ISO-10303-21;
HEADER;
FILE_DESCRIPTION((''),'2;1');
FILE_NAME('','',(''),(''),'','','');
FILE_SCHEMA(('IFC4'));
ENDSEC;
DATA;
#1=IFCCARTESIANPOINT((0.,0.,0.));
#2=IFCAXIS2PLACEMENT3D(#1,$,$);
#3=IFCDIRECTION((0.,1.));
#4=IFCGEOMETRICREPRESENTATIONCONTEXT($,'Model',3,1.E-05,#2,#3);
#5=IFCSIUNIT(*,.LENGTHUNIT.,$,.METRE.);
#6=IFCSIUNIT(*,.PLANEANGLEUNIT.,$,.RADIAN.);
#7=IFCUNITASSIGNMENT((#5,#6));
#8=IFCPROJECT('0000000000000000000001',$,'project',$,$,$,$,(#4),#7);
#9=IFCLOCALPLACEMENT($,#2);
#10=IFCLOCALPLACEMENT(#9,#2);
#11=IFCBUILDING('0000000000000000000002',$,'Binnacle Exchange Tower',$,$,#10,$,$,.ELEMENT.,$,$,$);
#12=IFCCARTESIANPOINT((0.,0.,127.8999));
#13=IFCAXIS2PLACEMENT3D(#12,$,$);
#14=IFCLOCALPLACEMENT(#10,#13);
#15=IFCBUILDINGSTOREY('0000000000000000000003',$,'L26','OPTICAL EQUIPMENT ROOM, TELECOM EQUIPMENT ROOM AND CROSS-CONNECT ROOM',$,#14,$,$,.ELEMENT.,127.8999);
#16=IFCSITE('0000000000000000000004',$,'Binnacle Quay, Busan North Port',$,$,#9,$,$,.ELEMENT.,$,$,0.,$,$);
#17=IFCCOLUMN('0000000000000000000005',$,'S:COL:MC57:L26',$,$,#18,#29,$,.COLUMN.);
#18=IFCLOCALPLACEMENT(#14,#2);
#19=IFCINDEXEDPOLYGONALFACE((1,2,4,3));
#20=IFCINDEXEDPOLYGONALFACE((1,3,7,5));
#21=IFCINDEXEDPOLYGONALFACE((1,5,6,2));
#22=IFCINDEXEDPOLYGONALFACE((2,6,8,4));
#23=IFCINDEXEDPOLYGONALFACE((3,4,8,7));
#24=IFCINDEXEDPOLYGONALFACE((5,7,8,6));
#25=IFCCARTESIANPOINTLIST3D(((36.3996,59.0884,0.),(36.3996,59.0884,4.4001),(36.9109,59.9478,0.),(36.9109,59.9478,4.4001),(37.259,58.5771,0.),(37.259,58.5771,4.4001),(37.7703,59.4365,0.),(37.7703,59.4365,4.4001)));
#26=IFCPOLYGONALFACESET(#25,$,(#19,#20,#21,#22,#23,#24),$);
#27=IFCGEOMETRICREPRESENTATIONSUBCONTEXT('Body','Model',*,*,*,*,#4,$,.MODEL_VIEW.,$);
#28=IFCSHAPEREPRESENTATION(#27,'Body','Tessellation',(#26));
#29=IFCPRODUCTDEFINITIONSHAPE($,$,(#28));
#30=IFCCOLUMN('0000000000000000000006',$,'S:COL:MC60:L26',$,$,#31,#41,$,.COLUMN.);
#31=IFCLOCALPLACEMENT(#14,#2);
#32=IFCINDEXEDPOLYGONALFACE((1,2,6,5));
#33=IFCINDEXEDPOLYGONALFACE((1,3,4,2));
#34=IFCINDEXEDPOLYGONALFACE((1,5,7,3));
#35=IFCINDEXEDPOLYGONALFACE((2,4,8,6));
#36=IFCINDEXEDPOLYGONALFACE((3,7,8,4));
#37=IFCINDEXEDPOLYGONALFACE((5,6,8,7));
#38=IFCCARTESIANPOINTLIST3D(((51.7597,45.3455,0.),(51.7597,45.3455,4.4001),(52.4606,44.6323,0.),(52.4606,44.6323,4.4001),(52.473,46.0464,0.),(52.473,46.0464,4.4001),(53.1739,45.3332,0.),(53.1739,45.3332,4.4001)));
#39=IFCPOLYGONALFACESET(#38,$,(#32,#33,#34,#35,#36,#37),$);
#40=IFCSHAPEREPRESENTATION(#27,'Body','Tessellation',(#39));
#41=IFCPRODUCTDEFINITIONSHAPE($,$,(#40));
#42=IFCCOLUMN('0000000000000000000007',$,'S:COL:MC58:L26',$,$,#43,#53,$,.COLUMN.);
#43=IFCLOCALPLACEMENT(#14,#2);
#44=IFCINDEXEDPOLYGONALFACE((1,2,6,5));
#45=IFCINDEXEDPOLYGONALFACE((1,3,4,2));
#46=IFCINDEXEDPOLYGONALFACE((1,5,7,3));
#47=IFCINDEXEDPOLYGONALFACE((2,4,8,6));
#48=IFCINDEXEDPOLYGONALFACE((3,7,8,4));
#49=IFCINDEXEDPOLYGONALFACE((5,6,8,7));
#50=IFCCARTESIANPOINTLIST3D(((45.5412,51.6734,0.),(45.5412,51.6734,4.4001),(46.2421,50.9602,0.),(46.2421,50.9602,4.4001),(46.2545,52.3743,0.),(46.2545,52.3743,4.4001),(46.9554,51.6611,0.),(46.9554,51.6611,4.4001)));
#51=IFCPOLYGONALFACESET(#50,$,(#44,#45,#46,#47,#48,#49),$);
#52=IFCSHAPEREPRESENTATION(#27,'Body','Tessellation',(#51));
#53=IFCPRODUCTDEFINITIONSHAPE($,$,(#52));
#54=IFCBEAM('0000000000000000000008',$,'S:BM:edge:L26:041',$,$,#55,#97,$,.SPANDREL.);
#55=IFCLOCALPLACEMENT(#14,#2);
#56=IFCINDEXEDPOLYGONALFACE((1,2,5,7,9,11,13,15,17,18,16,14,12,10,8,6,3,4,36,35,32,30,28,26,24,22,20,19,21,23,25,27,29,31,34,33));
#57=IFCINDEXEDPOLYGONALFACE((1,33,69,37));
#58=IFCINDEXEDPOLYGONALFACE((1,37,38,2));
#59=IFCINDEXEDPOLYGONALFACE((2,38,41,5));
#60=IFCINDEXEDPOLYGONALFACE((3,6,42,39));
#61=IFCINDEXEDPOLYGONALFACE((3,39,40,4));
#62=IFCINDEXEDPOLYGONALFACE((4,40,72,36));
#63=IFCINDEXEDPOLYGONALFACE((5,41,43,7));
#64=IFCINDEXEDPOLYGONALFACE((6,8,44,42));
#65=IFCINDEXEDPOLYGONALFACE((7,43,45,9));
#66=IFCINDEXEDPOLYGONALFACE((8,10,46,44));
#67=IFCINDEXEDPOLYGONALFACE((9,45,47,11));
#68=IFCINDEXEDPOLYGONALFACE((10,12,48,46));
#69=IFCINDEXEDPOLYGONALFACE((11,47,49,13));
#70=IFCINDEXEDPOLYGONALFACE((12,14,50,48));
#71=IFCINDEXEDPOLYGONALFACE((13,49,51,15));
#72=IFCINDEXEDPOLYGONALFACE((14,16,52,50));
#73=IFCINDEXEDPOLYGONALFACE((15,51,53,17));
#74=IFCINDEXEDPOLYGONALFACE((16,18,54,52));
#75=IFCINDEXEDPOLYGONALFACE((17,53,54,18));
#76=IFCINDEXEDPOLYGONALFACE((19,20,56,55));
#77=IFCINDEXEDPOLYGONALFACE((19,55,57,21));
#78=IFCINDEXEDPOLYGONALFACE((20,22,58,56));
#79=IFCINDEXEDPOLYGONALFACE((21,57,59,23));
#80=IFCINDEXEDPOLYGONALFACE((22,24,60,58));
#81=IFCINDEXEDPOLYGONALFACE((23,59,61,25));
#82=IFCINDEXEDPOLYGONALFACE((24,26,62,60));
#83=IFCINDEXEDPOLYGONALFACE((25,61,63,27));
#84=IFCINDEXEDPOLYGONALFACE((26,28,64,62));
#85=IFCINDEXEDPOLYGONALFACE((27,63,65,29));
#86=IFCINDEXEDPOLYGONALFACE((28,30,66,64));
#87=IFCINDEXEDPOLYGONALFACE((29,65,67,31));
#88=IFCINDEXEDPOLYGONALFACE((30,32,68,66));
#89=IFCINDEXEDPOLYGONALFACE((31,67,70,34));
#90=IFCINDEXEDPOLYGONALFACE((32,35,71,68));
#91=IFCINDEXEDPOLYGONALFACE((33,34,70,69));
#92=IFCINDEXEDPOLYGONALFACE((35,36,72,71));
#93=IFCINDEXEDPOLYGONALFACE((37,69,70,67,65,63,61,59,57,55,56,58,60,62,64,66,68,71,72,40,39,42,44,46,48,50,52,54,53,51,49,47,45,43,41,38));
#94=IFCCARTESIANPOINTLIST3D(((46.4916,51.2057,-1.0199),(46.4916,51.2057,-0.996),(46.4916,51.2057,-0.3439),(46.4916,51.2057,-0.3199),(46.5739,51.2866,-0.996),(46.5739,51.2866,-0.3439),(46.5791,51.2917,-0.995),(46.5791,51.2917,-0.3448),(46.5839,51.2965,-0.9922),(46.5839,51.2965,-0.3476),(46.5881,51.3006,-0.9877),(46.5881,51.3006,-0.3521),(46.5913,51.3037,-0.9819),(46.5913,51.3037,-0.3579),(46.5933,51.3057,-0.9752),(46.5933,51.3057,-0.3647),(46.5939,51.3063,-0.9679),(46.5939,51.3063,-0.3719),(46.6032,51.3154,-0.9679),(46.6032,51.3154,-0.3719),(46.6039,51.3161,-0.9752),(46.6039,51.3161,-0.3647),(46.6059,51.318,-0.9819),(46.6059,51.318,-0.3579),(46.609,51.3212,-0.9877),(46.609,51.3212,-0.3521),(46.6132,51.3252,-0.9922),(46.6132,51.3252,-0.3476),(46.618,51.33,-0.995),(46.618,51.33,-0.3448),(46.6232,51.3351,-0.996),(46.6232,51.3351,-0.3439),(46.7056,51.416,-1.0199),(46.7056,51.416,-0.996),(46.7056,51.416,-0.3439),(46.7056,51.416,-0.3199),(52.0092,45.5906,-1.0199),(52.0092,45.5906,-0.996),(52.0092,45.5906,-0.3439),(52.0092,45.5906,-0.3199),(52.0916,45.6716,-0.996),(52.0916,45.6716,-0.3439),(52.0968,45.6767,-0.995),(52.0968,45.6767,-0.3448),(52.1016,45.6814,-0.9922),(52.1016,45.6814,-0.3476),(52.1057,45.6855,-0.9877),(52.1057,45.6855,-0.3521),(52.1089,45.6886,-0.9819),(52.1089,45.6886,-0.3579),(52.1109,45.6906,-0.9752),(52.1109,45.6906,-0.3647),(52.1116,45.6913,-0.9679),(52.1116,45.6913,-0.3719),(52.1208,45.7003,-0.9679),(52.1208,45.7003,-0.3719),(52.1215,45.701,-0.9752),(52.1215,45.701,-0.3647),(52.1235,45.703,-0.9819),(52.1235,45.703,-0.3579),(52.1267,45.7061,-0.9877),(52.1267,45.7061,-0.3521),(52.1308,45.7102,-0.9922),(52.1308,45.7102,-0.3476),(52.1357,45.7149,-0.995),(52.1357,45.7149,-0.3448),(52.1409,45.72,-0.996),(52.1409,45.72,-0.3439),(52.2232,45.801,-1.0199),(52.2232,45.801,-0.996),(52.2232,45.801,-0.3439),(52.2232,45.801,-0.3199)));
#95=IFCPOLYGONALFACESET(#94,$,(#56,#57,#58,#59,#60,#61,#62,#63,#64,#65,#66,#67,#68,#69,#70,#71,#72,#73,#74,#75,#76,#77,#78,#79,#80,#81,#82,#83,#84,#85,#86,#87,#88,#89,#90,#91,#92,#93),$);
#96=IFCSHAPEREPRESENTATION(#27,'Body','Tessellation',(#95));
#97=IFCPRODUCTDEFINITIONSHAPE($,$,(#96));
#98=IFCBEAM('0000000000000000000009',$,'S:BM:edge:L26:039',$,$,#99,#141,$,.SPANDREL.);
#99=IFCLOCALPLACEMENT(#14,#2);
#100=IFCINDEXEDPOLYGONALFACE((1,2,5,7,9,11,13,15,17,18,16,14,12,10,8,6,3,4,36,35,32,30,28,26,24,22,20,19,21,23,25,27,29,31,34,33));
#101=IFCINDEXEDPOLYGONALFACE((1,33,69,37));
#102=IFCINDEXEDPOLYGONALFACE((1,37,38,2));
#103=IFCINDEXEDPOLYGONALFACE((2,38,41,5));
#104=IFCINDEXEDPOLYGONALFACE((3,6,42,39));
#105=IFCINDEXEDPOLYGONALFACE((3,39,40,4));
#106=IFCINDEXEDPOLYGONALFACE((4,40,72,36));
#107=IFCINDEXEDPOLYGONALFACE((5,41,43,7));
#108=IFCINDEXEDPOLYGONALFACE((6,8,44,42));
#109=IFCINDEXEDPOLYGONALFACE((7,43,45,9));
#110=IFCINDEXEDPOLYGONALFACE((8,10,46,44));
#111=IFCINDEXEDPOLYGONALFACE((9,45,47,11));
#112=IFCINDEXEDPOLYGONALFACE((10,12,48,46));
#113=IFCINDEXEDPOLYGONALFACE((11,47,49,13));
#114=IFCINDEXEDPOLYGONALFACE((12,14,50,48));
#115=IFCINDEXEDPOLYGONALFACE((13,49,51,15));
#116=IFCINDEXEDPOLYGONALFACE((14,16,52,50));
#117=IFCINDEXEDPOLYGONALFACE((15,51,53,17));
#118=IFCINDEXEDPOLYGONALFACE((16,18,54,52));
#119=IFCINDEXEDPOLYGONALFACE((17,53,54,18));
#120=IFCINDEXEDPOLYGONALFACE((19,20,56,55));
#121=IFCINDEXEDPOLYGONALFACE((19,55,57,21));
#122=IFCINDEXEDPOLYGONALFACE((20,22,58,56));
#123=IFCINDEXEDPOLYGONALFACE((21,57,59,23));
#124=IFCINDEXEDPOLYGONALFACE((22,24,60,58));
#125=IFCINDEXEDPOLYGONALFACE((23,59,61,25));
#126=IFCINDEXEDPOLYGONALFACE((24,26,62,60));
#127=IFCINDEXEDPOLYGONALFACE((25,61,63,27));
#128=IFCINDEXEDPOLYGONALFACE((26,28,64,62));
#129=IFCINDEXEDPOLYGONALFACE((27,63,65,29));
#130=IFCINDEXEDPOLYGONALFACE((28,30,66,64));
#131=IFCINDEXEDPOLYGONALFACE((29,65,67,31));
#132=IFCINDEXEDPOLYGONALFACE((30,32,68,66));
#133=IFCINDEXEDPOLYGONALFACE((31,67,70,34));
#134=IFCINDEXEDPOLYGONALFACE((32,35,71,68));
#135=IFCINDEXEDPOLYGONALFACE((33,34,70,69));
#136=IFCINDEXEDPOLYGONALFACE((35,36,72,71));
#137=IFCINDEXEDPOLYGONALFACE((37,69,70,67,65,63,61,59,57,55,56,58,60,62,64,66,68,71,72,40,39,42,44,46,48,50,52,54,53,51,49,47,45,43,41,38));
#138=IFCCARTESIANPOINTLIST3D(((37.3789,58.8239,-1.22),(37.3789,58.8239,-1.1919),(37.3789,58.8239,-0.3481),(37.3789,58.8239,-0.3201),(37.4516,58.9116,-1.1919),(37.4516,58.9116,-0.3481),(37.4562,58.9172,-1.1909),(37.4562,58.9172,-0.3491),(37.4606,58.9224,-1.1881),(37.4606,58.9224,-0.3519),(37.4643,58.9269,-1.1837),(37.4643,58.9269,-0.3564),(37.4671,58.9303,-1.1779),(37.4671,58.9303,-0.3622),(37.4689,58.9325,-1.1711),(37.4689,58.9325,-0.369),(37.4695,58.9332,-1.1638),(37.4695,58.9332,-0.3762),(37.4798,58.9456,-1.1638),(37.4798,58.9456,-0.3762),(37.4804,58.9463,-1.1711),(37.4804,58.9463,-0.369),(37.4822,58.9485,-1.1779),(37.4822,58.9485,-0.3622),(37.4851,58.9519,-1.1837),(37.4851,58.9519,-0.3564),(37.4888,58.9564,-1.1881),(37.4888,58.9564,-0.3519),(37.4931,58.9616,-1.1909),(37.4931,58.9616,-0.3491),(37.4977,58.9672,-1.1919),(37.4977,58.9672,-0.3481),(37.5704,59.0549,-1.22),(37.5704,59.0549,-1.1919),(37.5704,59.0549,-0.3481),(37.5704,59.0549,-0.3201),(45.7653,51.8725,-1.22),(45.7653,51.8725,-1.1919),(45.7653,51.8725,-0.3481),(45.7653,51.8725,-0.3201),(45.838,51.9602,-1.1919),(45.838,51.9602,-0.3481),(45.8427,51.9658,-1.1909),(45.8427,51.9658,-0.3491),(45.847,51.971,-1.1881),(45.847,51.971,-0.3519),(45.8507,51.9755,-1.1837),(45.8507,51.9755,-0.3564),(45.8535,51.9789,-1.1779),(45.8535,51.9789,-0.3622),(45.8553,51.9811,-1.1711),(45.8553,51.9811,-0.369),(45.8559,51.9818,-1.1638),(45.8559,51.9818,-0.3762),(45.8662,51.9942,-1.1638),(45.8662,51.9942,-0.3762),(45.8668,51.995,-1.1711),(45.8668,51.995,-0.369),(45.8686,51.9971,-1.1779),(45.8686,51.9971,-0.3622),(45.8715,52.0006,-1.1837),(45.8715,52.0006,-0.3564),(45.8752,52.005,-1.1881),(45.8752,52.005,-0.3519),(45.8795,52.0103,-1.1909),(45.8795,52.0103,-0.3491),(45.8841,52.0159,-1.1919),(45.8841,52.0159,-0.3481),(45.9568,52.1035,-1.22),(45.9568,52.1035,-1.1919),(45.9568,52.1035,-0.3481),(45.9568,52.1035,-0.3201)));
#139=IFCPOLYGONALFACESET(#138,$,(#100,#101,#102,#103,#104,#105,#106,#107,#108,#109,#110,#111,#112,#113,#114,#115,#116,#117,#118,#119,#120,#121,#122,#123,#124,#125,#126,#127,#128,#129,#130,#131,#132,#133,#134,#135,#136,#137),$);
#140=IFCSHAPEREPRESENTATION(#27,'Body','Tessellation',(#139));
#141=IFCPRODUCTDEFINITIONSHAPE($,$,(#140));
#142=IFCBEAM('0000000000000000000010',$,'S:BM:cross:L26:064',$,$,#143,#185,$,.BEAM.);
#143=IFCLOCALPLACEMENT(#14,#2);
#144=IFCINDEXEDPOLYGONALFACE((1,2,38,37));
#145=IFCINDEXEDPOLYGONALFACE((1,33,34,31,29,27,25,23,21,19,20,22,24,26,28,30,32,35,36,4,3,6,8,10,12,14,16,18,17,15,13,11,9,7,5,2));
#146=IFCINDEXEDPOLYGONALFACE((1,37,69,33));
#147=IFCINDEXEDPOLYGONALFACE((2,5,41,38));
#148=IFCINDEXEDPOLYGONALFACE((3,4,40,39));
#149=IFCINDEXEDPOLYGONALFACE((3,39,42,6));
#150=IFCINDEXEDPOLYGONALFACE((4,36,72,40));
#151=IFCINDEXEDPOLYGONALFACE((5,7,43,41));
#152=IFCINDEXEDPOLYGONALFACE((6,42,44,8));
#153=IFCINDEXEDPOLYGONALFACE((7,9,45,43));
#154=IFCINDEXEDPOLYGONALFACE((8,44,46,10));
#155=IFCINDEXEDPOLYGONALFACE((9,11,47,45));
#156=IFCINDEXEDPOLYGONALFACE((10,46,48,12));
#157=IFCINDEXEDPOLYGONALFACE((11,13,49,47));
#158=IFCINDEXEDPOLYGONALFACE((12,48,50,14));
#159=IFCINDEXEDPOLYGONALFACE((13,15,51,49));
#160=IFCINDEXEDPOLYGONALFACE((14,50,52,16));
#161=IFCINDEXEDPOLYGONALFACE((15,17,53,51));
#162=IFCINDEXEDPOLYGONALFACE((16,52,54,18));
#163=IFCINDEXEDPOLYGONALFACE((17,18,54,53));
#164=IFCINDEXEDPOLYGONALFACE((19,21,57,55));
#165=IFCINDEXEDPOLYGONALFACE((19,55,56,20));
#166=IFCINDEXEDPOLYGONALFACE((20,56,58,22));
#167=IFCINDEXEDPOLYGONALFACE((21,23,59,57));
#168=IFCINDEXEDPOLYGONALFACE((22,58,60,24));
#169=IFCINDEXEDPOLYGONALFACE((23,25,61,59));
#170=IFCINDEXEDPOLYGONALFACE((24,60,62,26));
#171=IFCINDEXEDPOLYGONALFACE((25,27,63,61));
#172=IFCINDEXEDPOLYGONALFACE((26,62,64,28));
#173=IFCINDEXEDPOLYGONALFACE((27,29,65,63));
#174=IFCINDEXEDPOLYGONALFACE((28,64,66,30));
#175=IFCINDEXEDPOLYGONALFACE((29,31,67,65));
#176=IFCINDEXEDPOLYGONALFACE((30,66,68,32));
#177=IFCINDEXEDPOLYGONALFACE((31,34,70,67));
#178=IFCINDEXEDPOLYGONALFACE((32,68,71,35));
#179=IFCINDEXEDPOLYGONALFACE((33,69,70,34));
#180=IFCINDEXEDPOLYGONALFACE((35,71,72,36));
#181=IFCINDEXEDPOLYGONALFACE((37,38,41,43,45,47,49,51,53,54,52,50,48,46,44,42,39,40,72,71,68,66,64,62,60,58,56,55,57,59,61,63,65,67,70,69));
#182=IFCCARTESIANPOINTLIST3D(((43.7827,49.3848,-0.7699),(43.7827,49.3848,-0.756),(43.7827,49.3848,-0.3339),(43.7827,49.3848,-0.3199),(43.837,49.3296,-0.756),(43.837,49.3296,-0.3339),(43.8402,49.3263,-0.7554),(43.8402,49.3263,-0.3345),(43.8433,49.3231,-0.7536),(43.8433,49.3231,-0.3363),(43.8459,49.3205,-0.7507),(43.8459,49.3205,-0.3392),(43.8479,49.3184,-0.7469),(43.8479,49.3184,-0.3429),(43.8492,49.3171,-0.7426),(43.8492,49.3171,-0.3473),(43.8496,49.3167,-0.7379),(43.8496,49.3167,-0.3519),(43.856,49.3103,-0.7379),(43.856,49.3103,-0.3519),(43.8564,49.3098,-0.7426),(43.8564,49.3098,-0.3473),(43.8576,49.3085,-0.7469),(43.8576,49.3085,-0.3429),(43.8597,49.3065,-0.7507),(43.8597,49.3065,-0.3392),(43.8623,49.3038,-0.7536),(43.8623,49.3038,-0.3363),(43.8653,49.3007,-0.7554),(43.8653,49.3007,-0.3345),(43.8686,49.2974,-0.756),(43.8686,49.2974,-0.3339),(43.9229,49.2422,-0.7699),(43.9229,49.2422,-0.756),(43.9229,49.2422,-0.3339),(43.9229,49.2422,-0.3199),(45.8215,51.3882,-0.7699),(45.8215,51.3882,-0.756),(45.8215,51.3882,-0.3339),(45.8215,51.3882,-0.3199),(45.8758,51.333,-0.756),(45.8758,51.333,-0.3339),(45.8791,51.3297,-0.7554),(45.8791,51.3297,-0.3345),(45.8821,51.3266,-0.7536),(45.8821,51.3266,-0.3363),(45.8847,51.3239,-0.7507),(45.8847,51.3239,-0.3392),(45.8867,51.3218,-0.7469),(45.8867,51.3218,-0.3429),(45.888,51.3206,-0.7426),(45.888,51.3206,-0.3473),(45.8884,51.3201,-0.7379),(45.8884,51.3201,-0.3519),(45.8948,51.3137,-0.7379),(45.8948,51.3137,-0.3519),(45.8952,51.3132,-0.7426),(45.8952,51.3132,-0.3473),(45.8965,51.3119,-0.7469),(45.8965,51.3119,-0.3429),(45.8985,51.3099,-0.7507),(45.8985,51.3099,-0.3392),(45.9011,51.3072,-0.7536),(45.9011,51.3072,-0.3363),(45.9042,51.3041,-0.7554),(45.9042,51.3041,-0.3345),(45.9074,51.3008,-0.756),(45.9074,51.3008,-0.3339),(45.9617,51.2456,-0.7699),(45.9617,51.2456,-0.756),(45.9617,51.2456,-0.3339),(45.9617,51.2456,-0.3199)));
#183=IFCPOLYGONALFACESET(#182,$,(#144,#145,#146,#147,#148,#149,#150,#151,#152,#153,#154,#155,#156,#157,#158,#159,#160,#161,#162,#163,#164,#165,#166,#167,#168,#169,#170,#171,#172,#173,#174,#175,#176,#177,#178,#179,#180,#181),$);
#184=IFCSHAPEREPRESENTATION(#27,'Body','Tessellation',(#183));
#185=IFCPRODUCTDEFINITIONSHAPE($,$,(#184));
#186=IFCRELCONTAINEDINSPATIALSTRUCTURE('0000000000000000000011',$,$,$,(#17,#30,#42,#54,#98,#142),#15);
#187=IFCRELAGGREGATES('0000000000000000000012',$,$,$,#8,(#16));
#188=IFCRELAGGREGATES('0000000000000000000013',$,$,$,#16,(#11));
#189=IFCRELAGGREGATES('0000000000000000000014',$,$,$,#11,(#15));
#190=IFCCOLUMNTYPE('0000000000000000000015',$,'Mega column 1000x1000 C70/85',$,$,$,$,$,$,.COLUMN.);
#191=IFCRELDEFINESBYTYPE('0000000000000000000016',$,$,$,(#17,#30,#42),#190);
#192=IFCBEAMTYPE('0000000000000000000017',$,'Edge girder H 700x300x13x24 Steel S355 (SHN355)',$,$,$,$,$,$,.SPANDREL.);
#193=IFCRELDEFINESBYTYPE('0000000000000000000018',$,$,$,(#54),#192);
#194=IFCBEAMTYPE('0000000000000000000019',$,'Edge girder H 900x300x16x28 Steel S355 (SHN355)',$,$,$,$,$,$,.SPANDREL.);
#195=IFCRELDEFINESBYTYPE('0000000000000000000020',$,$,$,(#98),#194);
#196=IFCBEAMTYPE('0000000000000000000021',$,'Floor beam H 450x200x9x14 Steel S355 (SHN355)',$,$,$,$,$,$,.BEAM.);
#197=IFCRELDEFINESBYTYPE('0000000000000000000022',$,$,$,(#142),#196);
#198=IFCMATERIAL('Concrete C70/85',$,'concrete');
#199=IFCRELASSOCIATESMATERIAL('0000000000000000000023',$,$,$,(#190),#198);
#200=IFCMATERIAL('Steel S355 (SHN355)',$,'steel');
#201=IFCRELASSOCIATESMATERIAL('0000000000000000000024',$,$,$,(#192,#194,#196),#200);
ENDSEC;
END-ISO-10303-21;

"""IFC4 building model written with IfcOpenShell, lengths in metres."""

from ifc_helpers import new_model, si_unit, direction, frame, origin, origin_2d, place, context, subcontext, project, spatial, rectangle, i_section, extrude, material, material_profile, profile_set, type_object, element, save


model = new_model("IFC4")

# Units and contexts
model_context = context("Model", 3, precision=1e-05, world=origin(), true_north=direction((0.0, 1.0)))
body_context = subcontext(model_context, "Body", "Model", "MODEL_VIEW")
ifc_project = project(units=[si_unit("LENGTHUNIT", "METRE"), si_unit("PLANEANGLEUNIT", "RADIAN")], contexts=[model_context])

# Site, building, storey
site_placement = place(None, origin())
site = spatial("IfcSite", under=ifc_project, at=site_placement, Name="Binnacle Quay, Busan North Port", CompositionType="ELEMENT", RefElevation=0.0)
building_placement = place(site_placement, origin())
building = spatial("IfcBuilding", under=site, at=building_placement, Name="Binnacle Exchange Tower", CompositionType="ELEMENT")
storey_placement = place(building_placement, frame((0.0, 0.0, 127.8999)))
storey = spatial("IfcBuildingStorey", under=building, at=storey_placement, Name="L26", Description="OPTICAL EQUIPMENT ROOM, TELECOM EQUIPMENT ROOM AND CROSS-CONNECT ROOM", CompositionType="ELEMENT", Elevation=127.8999)

# Columns
ifc_material_1 = material(Name="Concrete C70/85", Category="concrete")
ifc_material_profile_1 = material_profile(ifc_material_1, rectangle(XDim=1.0, YDim=1.0, at=origin_2d()), Name="Mega column 1000x1000 C70/85")
ifc_profile_set_1 = profile_set([ifc_material_profile_1], Name="Concrete C70/85")
column_type = type_object("IfcColumnType", Name="Mega column 1000x1000 C70/85", PredefinedType="COLUMN", material=ifc_profile_set_1)
for number, where, z_axis, x_axis, name in (
    (1, (37.085, 59.2625, 0.0), (0.0, 0.0, 1.0), (-0.859406, 0.511293, 0.0), "S:COL:MC57:L26"),
    (2, (52.4668, 45.3394, 0.0), (0.0, 0.0, 1.0), (-0.700909, 0.71325, 0.0), "S:COL:MC60:L26"),
    (3, (46.2483, 51.6672, 0.0), (0.0, 0.0, 1.0), (-0.700909, 0.71325, 0.0), "S:COL:MC58:L26"),
):
    element("IfcColumn", number, at=place(storey_placement, frame(where, z_axis=z_axis, x_axis=x_axis)), inside=storey, type_object=column_type, Name=name, PredefinedType="COLUMN", context=body_context, shape_type="SweptSolid", body=[
        extrude(rectangle(XDim=1.0, YDim=1.0, at=origin_2d()), origin(), (0.0, 0.0, 1.0), 4.4001),
    ])

# Beams
ifc_material_2 = material(Name="Steel S355 (SHN355)", Category="steel")
ifc_material_profile_2 = material_profile(ifc_material_2, i_section(OverallWidth=0.3, OverallDepth=0.7, WebThickness=0.0129, FlangeThickness=0.0239, FilletRadius=0.0281, at=origin_2d()), Name="H 700x300x13x24")
ifc_profile_set_2 = profile_set([ifc_material_profile_2], Name="Steel S355 (SHN355)")
beam_type_1 = type_object("IfcBeamType", Name="Edge girder H 700x300x13x24 Steel S355 (SHN355)", PredefinedType="SPANDREL", material=ifc_profile_set_2)
beam_1_placement = place(storey_placement, frame((52.1162, 45.6958, -0.6699), z_axis=(-0.700893, 0.713267, 0.0), x_axis=(-0.713267, -0.700893, 0.0)))
element("IfcBeam", 4, at=beam_1_placement, inside=storey, type_object=beam_type_1, Name="S:BM:edge:L26:041", PredefinedType="SPANDREL", context=body_context, shape_type="SweptSolid", body=[
    extrude(i_section(OverallWidth=0.3, OverallDepth=0.7, WebThickness=0.0129, FlangeThickness=0.0239, FilletRadius=0.0281, at=origin_2d()), origin(), (0.0, 0.0, 1.0), 7.8723),
])
ifc_material_profile_3 = material_profile(ifc_material_2, i_section(OverallWidth=0.3, OverallDepth=0.8999, WebThickness=0.0161, FlangeThickness=0.0281, FilletRadius=0.0281, at=origin_2d()), Name="H 900x300x16x28")
ifc_profile_set_3 = profile_set([ifc_material_profile_3], Name="Steel S355 (SHN355)")
beam_type_2 = type_object("IfcBeamType", Name="Edge girder H 900x300x16x28 Steel S355 (SHN355)", PredefinedType="SPANDREL", material=ifc_profile_set_3)
beam_2_placement = place(storey_placement, frame((45.8611, 51.988, -0.77), z_axis=(-0.769903, 0.638161, 0.0), x_axis=(-0.638161, -0.769903, 0.0)))
element("IfcBeam", 5, at=beam_2_placement, inside=storey, type_object=beam_type_2, Name="S:BM:edge:L26:039", PredefinedType="SPANDREL", context=body_context, shape_type="SweptSolid", body=[
    extrude(i_section(OverallWidth=0.3, OverallDepth=0.8999, WebThickness=0.0161, FlangeThickness=0.0281, FilletRadius=0.0281, at=origin_2d()), origin(), (0.0, 0.0, 1.0), 10.8928),
])
ifc_material_profile_4 = material_profile(ifc_material_2, i_section(OverallWidth=0.2, OverallDepth=0.45, WebThickness=0.009, FlangeThickness=0.0139, FilletRadius=0.0181, at=origin_2d()), Name="H 450x200x9x14")
ifc_profile_set_4 = profile_set([ifc_material_profile_4], Name="Steel S355 (SHN355)")
beam_type_3 = type_object("IfcBeamType", Name="Floor beam H 450x200x9x14 Steel S355 (SHN355)", PredefinedType="BEAM", material=ifc_profile_set_4)
for number, where, z_axis, x_axis, name in (
    (6, (45.8916, 51.3169, -0.5449), (-0.713272, -0.700887, 0.0), (0.700887, -0.713272, 0.0), "S:BM:cross:L26:064"),
):
    element("IfcBeam", number, at=place(storey_placement, frame(where, z_axis=z_axis, x_axis=x_axis)), inside=storey, type_object=beam_type_3, Name=name, PredefinedType="BEAM", context=body_context, shape_type="SweptSolid", body=[
        extrude(i_section(OverallWidth=0.2, OverallDepth=0.45, WebThickness=0.009, FlangeThickness=0.0139, FilletRadius=0.0181, at=origin_2d()), origin(), (0.0, 0.0, 1.0), 2.8584),
    ])

save(model, "model.ifc")
